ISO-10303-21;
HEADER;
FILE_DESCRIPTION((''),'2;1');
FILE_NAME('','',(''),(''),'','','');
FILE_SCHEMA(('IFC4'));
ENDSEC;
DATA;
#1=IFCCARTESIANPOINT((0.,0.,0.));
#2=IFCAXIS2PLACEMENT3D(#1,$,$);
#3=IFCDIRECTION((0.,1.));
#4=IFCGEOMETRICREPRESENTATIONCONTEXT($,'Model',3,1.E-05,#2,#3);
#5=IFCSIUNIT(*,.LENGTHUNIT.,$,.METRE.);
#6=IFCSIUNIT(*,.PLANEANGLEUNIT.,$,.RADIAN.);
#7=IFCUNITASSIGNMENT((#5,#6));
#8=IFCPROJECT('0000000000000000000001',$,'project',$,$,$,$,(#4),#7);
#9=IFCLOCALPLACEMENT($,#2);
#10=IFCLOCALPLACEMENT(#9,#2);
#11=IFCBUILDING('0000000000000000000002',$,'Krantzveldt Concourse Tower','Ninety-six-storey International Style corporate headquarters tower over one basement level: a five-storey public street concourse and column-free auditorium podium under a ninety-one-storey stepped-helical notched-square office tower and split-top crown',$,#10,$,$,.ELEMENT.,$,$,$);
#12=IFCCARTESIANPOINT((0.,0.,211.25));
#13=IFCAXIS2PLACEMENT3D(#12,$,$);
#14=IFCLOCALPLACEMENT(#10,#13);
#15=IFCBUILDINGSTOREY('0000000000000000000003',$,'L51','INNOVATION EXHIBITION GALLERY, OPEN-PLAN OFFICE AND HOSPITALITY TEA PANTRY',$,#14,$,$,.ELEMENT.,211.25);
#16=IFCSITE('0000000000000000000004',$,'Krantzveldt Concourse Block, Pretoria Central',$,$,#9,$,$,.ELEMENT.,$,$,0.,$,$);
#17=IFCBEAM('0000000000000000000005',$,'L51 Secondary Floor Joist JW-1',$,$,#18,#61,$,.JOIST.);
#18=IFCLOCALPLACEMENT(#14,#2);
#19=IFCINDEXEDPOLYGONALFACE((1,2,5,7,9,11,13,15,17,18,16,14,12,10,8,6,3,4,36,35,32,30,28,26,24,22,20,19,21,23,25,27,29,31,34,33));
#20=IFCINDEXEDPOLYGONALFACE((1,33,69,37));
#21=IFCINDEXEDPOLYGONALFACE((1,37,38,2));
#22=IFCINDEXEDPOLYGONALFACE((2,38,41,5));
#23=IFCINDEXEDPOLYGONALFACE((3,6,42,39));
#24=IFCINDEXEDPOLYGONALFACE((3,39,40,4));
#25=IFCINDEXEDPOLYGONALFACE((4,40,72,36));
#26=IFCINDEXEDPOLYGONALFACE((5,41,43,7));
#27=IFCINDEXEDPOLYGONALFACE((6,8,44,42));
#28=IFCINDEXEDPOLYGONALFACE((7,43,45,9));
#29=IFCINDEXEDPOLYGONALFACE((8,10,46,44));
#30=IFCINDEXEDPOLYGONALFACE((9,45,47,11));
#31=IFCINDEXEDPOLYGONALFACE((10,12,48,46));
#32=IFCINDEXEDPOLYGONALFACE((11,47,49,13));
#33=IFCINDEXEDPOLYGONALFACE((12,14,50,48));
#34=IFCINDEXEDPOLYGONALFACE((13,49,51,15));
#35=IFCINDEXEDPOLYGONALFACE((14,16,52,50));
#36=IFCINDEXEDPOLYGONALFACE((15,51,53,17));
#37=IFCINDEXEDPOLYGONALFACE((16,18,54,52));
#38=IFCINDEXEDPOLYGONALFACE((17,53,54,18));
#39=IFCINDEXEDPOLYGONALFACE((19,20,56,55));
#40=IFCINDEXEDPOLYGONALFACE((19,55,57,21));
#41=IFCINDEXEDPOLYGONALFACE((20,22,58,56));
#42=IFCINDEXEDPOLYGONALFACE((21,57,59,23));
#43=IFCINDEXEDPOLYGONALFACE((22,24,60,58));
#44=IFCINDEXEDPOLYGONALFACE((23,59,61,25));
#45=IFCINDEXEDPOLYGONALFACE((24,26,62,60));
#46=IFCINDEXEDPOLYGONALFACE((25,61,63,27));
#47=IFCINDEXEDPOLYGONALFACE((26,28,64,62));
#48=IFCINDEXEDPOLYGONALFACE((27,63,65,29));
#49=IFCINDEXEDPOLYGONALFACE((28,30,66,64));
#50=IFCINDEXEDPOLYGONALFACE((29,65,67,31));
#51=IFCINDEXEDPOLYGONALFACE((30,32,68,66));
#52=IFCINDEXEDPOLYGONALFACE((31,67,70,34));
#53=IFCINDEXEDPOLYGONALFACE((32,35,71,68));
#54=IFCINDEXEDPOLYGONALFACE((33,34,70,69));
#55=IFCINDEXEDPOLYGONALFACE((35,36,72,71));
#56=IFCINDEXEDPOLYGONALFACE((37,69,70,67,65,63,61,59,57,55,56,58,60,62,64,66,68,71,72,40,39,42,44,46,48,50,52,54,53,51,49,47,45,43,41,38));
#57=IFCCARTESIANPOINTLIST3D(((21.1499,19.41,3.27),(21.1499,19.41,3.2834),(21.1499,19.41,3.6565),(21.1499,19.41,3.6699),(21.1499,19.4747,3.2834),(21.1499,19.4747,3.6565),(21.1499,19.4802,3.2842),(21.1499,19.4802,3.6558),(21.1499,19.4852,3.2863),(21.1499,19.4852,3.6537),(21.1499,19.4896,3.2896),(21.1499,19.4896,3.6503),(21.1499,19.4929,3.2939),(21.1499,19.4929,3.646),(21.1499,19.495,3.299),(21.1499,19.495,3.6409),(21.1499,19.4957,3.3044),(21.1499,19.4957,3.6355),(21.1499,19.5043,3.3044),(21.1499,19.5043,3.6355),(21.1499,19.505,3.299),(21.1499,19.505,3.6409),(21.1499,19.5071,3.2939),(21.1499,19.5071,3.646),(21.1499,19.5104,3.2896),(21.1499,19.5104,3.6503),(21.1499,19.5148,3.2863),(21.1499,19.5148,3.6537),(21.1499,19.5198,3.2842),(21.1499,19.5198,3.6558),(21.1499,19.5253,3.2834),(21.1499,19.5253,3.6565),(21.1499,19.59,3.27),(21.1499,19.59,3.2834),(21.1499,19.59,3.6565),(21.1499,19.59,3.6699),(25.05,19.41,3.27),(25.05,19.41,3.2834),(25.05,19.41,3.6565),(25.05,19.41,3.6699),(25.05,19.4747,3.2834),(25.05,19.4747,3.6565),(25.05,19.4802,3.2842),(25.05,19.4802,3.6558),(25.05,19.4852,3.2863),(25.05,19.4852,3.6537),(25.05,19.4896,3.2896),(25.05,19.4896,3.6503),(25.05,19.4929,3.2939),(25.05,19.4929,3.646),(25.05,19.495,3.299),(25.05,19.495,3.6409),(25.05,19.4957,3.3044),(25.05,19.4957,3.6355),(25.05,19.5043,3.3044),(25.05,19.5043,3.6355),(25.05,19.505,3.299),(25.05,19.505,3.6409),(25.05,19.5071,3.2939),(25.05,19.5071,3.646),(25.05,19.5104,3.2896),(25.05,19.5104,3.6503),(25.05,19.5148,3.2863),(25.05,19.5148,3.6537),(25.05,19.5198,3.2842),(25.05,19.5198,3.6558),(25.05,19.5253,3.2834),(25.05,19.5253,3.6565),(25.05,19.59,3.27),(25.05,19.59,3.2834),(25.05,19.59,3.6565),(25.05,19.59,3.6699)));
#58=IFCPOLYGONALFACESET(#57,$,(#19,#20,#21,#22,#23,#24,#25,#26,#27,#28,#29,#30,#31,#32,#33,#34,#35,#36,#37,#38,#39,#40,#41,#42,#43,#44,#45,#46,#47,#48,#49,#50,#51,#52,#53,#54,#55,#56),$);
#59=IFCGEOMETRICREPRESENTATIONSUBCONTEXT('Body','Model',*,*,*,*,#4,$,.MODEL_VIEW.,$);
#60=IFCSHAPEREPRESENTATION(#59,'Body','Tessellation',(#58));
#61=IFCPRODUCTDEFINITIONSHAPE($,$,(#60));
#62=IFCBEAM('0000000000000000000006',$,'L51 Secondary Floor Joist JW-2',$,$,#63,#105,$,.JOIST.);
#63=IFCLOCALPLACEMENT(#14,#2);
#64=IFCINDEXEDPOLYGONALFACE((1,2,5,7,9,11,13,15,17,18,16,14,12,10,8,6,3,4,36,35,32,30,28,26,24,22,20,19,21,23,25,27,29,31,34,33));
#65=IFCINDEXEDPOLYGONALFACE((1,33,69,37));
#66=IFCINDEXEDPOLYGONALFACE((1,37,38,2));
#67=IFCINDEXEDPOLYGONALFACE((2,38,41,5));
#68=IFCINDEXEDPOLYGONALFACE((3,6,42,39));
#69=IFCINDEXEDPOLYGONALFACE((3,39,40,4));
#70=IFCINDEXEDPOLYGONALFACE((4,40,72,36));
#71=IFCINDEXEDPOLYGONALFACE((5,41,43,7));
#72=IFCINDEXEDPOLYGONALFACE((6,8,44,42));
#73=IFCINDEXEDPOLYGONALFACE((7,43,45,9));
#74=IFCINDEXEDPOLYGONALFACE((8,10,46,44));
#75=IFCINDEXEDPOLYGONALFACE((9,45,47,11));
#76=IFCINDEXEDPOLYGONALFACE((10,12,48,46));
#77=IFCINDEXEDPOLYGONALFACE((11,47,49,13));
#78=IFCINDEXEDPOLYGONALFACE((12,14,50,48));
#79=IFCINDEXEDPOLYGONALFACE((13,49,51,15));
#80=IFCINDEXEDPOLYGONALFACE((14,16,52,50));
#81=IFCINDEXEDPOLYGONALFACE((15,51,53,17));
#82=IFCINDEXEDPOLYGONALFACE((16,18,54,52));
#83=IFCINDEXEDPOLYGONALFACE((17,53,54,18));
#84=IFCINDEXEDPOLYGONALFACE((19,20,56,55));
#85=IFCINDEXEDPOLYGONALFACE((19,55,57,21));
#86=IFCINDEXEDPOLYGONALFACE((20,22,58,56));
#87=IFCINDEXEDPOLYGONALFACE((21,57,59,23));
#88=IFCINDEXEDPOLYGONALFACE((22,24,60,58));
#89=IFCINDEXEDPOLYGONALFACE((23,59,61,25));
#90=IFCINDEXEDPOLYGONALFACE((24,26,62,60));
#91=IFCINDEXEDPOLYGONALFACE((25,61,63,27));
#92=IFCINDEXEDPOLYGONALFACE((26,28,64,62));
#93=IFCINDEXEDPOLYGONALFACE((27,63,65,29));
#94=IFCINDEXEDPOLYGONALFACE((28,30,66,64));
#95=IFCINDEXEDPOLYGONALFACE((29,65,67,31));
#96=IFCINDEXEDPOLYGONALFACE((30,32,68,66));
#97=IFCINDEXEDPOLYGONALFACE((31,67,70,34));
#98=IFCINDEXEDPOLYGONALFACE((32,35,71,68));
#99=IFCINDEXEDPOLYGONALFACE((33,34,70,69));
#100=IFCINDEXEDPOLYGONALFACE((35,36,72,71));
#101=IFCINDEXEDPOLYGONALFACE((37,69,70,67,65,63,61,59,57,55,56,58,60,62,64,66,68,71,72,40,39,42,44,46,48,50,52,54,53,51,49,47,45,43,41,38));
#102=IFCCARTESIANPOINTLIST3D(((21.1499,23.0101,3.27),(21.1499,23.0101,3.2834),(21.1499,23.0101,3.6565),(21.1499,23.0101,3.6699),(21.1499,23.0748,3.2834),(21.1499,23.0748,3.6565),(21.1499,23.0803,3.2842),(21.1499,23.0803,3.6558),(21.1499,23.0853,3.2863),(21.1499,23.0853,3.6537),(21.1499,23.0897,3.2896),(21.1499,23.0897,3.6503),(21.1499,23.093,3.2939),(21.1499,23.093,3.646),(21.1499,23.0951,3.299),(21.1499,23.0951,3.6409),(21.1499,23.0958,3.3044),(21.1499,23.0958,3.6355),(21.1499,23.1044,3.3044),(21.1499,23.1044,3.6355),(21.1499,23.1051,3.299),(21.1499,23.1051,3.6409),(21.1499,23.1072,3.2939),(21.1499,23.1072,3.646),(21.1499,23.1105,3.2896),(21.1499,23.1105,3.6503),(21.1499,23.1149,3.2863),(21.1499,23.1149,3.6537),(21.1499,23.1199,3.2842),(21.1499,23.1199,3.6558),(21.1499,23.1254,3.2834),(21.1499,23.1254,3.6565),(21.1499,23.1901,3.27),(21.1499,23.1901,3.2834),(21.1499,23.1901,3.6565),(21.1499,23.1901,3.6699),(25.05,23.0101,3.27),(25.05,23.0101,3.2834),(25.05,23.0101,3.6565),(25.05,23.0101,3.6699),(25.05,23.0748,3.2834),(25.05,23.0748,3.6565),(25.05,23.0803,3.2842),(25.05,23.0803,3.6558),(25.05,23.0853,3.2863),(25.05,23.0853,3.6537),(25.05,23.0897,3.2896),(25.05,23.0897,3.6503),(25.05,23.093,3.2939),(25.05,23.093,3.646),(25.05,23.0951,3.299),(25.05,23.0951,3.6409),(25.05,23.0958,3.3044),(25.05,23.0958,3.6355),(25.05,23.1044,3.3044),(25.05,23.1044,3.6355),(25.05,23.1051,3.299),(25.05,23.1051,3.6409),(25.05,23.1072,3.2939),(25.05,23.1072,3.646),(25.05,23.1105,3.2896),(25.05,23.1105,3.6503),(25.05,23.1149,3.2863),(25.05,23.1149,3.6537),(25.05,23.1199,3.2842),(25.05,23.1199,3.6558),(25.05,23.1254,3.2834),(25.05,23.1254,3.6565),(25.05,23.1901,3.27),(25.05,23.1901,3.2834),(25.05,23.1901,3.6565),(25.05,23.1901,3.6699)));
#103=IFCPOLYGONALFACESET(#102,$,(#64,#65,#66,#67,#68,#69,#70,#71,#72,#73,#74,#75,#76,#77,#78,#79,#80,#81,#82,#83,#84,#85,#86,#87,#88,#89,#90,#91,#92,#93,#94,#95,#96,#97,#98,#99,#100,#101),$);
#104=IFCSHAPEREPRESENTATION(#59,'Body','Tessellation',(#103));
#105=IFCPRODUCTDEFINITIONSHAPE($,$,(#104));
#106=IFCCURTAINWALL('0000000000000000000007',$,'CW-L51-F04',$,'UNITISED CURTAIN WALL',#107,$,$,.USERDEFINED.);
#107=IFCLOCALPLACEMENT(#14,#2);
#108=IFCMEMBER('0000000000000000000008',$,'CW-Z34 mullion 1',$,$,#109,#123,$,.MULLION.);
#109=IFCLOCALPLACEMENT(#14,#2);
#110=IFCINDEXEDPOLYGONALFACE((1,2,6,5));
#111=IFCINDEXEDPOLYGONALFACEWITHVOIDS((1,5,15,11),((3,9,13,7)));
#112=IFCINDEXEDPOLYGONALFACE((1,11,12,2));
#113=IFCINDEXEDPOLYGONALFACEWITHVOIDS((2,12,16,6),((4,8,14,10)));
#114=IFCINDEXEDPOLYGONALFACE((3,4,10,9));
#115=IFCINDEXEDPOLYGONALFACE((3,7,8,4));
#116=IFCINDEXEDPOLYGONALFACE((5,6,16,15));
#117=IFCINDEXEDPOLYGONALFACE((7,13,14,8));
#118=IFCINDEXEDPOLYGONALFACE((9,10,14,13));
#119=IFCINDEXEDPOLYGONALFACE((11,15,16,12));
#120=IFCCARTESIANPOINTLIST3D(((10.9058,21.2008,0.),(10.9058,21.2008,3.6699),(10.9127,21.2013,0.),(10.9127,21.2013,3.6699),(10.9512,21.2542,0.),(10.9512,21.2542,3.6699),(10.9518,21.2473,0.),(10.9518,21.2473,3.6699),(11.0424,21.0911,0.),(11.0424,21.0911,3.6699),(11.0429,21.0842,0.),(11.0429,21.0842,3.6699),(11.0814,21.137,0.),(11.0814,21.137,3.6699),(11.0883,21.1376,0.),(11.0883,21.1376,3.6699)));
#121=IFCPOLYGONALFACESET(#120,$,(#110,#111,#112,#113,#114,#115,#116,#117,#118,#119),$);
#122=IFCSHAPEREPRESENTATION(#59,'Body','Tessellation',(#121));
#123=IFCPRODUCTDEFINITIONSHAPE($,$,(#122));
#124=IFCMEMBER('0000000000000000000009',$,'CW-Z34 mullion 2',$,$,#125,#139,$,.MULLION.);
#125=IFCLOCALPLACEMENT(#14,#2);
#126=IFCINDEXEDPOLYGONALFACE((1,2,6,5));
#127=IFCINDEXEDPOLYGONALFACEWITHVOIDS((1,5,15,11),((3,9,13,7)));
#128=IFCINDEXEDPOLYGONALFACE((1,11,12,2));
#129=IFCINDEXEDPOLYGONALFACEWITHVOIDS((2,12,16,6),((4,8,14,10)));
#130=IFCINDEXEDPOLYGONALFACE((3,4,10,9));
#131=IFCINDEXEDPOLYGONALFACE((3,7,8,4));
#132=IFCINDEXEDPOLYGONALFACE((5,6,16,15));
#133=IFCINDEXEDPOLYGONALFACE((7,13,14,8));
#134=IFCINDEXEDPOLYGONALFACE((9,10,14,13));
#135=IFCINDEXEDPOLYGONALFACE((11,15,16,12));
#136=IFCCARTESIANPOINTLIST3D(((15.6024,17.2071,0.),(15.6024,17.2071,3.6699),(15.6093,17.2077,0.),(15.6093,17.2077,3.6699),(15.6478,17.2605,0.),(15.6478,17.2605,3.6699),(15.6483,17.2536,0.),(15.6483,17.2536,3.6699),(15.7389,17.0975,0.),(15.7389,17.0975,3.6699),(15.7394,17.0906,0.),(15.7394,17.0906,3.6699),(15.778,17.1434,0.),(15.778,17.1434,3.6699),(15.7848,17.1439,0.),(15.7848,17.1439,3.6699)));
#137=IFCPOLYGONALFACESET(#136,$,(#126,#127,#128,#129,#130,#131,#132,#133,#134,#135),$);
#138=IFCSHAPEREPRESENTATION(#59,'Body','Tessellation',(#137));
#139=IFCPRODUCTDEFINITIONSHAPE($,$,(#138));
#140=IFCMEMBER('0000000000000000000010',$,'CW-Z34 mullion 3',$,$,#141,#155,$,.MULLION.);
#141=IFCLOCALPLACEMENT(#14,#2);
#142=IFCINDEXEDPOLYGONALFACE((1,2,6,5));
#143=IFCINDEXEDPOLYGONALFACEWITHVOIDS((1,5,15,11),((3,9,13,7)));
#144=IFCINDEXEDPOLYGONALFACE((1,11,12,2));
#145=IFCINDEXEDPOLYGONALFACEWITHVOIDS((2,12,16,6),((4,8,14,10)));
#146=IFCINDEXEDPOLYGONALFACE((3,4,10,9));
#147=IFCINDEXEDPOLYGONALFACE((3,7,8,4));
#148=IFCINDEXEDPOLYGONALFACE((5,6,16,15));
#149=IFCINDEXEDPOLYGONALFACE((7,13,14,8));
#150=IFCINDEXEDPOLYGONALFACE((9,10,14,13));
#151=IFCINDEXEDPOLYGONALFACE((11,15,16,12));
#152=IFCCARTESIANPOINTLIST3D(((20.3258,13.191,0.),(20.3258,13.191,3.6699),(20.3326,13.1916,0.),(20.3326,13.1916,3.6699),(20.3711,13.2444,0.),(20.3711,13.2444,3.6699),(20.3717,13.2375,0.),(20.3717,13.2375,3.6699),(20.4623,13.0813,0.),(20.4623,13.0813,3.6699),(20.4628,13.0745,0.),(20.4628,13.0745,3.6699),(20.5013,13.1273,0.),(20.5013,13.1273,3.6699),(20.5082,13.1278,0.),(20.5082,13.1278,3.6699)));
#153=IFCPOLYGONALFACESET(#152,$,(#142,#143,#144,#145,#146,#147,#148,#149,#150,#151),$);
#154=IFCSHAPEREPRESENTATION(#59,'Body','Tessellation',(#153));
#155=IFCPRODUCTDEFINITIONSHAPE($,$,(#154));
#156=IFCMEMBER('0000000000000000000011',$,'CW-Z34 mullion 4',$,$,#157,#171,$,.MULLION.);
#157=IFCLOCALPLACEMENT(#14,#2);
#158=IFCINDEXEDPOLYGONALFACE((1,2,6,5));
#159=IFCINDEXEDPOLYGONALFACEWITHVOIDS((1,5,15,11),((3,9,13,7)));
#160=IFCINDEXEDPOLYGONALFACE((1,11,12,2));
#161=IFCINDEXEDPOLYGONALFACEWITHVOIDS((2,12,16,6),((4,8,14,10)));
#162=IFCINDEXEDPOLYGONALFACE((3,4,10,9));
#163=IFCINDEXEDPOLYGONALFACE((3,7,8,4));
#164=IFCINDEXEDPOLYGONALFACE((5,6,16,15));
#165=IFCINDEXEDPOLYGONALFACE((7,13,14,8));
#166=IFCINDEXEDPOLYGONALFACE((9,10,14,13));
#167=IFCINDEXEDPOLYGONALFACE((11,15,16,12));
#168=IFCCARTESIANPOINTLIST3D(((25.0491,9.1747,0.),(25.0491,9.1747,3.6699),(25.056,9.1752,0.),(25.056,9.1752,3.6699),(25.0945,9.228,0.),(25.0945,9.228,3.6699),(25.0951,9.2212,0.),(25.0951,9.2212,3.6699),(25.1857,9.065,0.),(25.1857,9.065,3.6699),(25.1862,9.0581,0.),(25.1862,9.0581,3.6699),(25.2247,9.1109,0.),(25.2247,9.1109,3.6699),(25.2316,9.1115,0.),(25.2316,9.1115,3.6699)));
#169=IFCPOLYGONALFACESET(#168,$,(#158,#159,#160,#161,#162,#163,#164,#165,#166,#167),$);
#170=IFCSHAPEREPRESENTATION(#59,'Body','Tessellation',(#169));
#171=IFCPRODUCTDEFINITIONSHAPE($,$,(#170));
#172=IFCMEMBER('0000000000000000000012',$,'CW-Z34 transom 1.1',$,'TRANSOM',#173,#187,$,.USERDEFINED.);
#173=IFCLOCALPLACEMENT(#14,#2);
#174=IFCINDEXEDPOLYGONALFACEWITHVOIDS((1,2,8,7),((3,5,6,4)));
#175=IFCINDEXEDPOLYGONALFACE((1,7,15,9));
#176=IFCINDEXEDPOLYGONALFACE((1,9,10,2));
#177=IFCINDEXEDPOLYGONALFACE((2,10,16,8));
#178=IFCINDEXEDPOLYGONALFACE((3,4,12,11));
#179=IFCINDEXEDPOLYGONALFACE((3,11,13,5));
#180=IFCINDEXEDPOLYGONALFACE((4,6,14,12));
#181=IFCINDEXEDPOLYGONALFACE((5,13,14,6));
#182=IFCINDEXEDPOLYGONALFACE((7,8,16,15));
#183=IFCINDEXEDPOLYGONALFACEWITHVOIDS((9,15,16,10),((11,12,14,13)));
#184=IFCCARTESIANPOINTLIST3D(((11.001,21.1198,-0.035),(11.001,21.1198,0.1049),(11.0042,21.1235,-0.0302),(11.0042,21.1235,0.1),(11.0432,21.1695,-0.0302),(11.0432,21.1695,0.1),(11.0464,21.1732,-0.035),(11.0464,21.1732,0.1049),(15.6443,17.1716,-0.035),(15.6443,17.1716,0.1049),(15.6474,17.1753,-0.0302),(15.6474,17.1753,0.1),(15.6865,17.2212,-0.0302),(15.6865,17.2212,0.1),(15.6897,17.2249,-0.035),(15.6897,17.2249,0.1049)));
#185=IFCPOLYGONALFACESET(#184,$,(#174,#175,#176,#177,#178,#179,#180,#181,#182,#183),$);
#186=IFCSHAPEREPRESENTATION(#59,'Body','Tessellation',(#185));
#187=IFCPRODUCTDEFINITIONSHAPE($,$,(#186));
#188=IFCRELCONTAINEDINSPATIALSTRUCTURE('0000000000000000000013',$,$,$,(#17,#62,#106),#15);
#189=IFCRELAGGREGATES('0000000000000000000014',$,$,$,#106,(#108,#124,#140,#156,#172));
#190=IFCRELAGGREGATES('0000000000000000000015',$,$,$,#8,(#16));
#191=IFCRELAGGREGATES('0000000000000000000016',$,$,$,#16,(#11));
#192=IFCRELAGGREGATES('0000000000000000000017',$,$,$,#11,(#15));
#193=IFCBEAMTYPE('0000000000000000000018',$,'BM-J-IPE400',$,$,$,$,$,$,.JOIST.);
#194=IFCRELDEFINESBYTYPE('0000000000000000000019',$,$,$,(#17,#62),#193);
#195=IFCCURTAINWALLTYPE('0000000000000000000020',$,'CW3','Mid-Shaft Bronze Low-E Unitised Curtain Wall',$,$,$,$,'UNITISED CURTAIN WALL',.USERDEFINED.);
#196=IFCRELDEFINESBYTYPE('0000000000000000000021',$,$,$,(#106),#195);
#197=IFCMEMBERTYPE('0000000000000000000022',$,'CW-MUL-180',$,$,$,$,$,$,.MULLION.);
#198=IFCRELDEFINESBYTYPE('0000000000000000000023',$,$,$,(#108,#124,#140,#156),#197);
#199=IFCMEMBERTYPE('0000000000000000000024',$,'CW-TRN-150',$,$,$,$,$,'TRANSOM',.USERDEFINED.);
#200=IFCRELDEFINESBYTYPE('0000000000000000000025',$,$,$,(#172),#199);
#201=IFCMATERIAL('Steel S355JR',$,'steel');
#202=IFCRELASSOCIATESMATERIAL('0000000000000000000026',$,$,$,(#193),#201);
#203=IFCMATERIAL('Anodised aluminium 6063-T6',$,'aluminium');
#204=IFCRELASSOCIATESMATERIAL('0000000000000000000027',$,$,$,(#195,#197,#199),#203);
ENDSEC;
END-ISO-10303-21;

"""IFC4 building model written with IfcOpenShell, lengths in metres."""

from ifc_helpers import new_model, si_unit, direction, frame, origin, origin_2d, place, context, subcontext, project, spatial, hollow_rectangle, i_section, extrude, source, transform, mapped, material, material_profile, profile_set, type_object, type_shapes, element, aggregate, save


model = new_model("IFC4")

# Units and contexts
model_context = context("Model", 3, precision=1e-05, world=origin(), true_north=direction((0.0, 1.0)))
body_context = subcontext(model_context, "Body", "Model", "MODEL_VIEW")
ifc_project = project(units=[si_unit("LENGTHUNIT", "METRE"), si_unit("PLANEANGLEUNIT", "RADIAN")], contexts=[model_context])

# Site, building, storey
site_placement = place(None, origin())
site = spatial("IfcSite", under=ifc_project, at=site_placement, Name="Krantzveldt Concourse Block, Pretoria Central", CompositionType="ELEMENT", RefElevation=0.0)
building_placement = place(site_placement, origin())
building = spatial("IfcBuilding", under=site, at=building_placement, Name="Krantzveldt Concourse Tower", Description="Ninety-six-storey International Style corporate headquarters tower over one basement level: a five-storey public street concourse and column-free auditorium podium under a ninety-one-storey stepped-helical notched-square office tower and split-top crown", CompositionType="ELEMENT")
storey_placement = place(building_placement, frame((0.0, 0.0, 211.25)))
storey = spatial("IfcBuildingStorey", under=building, at=storey_placement, Name="L51", Description="INNOVATION EXHIBITION GALLERY, OPEN-PLAN OFFICE AND HOSPITALITY TEA PANTRY", CompositionType="ELEMENT", Elevation=211.25)

# Beams
ifc_material_1 = material(Name="Steel S355JR", Category="steel")
ifc_material_profile_1 = material_profile(ifc_material_1, i_section(OverallWidth=0.1799, OverallDepth=0.3999, WebThickness=0.0085, FlangeThickness=0.0134, FilletRadius=0.021, at=origin_2d()), Name="Steel S355JR", Category="steel")
ifc_profile_set_1 = profile_set([ifc_material_profile_1], Name="Steel S355JR - IPE 400")
beam_type_1 = type_object("IfcBeamType", Name="BM-J-IPE400", PredefinedType="JOIST", material=ifc_profile_set_1)
shared_shape_1 = source(origin(), body_context, "Body", "SweptSolid", [
    extrude(i_section(OverallWidth=0.1799, OverallDepth=0.3999, WebThickness=0.0085, FlangeThickness=0.0134, FilletRadius=0.021, at=origin_2d()), origin(), (0.0, 0.0, 1.0), 3.9001),
])
type_shapes(beam_type_1, [shared_shape_1])
for number, where, z_axis, x_axis, name in (
    (1, (21.1499, 19.5, 3.47), (1.0, 0.0, 0.0), (0.0, 1.0, 0.0), "L51 Secondary Floor Joist JW-1"),
    (2, (21.1499, 23.1001, 3.47), (1.0, 0.0, 0.0), (0.0, 1.0, 0.0), "L51 Secondary Floor Joist JW-2"),
):
    element("IfcBeam", number, at=place(storey_placement, frame(where, z_axis=z_axis, x_axis=x_axis)), inside=storey, type_object=beam_type_1, Name=name, PredefinedType="JOIST", context=body_context, shape_type="MappedRepresentation", body=[
        mapped(shared_shape_1, transform((0.0, 0.0, 0.0), x_axis=(1.0, 0.0, 0.0), y_axis=(0.0, 1.0, 0.0), z_axis=(0.0, 0.0, 1.0), scale=1.0)),
    ])

# Curtain wall, members
ifc_material_2 = material(Name="Anodised aluminium 6063-T6", Category="aluminium")
curtain_wall_type = type_object("IfcCurtainWallType", Name="CW3", Description="Mid-Shaft Bronze Low-E Unitised Curtain Wall", ElementType="UNITISED CURTAIN WALL", PredefinedType="USERDEFINED", material=ifc_material_2)
curtain_wall_placement = place(storey_placement, origin())
curtain_wall = element("IfcCurtainWall", 3, at=curtain_wall_placement, inside=storey, type_object=curtain_wall_type, Name="CW-L51-F04", ObjectType="UNITISED CURTAIN WALL", PredefinedType="USERDEFINED")
ifc_material_profile_2 = material_profile(ifc_material_2, hollow_rectangle(XDim=0.0701, YDim=0.1799, WallThickness=0.0049, at=origin_2d()), Name="Anodised aluminium 6063-T6", Category="aluminium")
ifc_profile_set_2 = profile_set([ifc_material_profile_2], Name="Anodised aluminium 6063-T6 - ALU-MULL 180x70x5")
member_type_1 = type_object("IfcMemberType", Name="CW-MUL-180", PredefinedType="MULLION", material=ifc_profile_set_2)
shared_shape_2 = source(origin(), body_context, "Body", "SweptSolid", [
    extrude(hollow_rectangle(XDim=0.0701, YDim=0.1799, WallThickness=0.0049, at=origin_2d()), origin(), (0.0, 0.0, 1.0), 3.6699),
])
type_shapes(member_type_1, [shared_shape_2])
member_1_placement = place(storey_placement, frame((10.9971, 21.1692, 0.0), z_axis=(0.0, 0.0, 1.0), x_axis=(0.647788, 0.761821, 0.0)))
member_1 = element("IfcMember", 4, at=member_1_placement, type_object=member_type_1, Name="CW-Z34 mullion 1", PredefinedType="MULLION", context=body_context, shape_type="MappedRepresentation", body=[
    mapped(shared_shape_2, transform((0.0, 0.0, 0.0), x_axis=(1.0, 0.0, 0.0), y_axis=(0.0, 1.0, 0.0), z_axis=(0.0, 0.0, 1.0), scale=1.0)),
])
member_2_placement = place(storey_placement, frame((15.6936, 17.1755, 0.0), z_axis=(0.0, 0.0, 1.0), x_axis=(0.647788, 0.761821, 0.0)))
member_2 = element("IfcMember", 5, at=member_2_placement, type_object=member_type_1, Name="CW-Z34 mullion 2", PredefinedType="MULLION", context=body_context, shape_type="MappedRepresentation", body=[
    mapped(shared_shape_2, transform((0.0, 0.0, 0.0), x_axis=(1.0, 0.0, 0.0), y_axis=(0.0, 1.0, 0.0), z_axis=(0.0, 0.0, 1.0), scale=1.0)),
])
member_3_placement = place(storey_placement, frame((20.417, 13.1594, 0.0), z_axis=(0.0, 0.0, 1.0), x_axis=(0.647788, 0.761821, 0.0)))
member_3 = element("IfcMember", 6, at=member_3_placement, type_object=member_type_1, Name="CW-Z34 mullion 3", PredefinedType="MULLION", context=body_context, shape_type="MappedRepresentation", body=[
    mapped(shared_shape_2, transform((0.0, 0.0, 0.0), x_axis=(1.0, 0.0, 0.0), y_axis=(0.0, 1.0, 0.0), z_axis=(0.0, 0.0, 1.0), scale=1.0)),
])
member_4_placement = place(storey_placement, frame((25.1404, 9.1431, 0.0), z_axis=(0.0, 0.0, 1.0), x_axis=(0.647788, 0.761821, 0.0)))
member_4 = element("IfcMember", 7, at=member_4_placement, type_object=member_type_1, Name="CW-Z34 mullion 4", PredefinedType="MULLION", context=body_context, shape_type="MappedRepresentation", body=[
    mapped(shared_shape_2, transform((0.0, 0.0, 0.0), x_axis=(1.0, 0.0, 0.0), y_axis=(0.0, 1.0, 0.0), z_axis=(0.0, 0.0, 1.0), scale=1.0)),
])
ifc_material_profile_3 = material_profile(ifc_material_2, hollow_rectangle(XDim=0.0701, YDim=0.1399, WallThickness=0.0049, at=origin_2d()), Name="Anodised aluminium 6063-T6", Category="aluminium")
ifc_profile_set_3 = profile_set([ifc_material_profile_3], Name="Anodised aluminium 6063-T6 - ALU-TRAN 140x70x5")
member_type_2 = type_object("IfcMemberType", Name="CW-TRN-150", ElementType="TRANSOM", PredefinedType="USERDEFINED", material=ifc_profile_set_3)
shared_shape_3 = source(origin(), body_context, "Body", "SweptSolid", [
    extrude(hollow_rectangle(XDim=0.0701, YDim=0.1399, WallThickness=0.0049, at=origin_2d()), origin(), (0.0, 0.0, 1.0), 6.095),
])
member_5_placement = place(storey_placement, frame((11.0237, 21.1465, 0.0349), z_axis=(0.761824, -0.647784, 0.0), x_axis=(0.647784, 0.761824, 0.0)))
member_5 = element("IfcMember", 8, at=member_5_placement, type_object=member_type_2, Name="CW-Z34 transom 1.1", ObjectType="TRANSOM", PredefinedType="USERDEFINED", context=body_context, shape_type="MappedRepresentation", body=[
    mapped(shared_shape_3, transform((0.0, 0.0, 0.0), x_axis=(1.0, 0.0, 0.0), y_axis=(0.0, 1.0, 0.0), z_axis=(0.0, 0.0, 1.0), scale=1.0)),
])

aggregate(curtain_wall, [member_1, member_2, member_3, member_4, member_5])

save(model, "model.ifc")
